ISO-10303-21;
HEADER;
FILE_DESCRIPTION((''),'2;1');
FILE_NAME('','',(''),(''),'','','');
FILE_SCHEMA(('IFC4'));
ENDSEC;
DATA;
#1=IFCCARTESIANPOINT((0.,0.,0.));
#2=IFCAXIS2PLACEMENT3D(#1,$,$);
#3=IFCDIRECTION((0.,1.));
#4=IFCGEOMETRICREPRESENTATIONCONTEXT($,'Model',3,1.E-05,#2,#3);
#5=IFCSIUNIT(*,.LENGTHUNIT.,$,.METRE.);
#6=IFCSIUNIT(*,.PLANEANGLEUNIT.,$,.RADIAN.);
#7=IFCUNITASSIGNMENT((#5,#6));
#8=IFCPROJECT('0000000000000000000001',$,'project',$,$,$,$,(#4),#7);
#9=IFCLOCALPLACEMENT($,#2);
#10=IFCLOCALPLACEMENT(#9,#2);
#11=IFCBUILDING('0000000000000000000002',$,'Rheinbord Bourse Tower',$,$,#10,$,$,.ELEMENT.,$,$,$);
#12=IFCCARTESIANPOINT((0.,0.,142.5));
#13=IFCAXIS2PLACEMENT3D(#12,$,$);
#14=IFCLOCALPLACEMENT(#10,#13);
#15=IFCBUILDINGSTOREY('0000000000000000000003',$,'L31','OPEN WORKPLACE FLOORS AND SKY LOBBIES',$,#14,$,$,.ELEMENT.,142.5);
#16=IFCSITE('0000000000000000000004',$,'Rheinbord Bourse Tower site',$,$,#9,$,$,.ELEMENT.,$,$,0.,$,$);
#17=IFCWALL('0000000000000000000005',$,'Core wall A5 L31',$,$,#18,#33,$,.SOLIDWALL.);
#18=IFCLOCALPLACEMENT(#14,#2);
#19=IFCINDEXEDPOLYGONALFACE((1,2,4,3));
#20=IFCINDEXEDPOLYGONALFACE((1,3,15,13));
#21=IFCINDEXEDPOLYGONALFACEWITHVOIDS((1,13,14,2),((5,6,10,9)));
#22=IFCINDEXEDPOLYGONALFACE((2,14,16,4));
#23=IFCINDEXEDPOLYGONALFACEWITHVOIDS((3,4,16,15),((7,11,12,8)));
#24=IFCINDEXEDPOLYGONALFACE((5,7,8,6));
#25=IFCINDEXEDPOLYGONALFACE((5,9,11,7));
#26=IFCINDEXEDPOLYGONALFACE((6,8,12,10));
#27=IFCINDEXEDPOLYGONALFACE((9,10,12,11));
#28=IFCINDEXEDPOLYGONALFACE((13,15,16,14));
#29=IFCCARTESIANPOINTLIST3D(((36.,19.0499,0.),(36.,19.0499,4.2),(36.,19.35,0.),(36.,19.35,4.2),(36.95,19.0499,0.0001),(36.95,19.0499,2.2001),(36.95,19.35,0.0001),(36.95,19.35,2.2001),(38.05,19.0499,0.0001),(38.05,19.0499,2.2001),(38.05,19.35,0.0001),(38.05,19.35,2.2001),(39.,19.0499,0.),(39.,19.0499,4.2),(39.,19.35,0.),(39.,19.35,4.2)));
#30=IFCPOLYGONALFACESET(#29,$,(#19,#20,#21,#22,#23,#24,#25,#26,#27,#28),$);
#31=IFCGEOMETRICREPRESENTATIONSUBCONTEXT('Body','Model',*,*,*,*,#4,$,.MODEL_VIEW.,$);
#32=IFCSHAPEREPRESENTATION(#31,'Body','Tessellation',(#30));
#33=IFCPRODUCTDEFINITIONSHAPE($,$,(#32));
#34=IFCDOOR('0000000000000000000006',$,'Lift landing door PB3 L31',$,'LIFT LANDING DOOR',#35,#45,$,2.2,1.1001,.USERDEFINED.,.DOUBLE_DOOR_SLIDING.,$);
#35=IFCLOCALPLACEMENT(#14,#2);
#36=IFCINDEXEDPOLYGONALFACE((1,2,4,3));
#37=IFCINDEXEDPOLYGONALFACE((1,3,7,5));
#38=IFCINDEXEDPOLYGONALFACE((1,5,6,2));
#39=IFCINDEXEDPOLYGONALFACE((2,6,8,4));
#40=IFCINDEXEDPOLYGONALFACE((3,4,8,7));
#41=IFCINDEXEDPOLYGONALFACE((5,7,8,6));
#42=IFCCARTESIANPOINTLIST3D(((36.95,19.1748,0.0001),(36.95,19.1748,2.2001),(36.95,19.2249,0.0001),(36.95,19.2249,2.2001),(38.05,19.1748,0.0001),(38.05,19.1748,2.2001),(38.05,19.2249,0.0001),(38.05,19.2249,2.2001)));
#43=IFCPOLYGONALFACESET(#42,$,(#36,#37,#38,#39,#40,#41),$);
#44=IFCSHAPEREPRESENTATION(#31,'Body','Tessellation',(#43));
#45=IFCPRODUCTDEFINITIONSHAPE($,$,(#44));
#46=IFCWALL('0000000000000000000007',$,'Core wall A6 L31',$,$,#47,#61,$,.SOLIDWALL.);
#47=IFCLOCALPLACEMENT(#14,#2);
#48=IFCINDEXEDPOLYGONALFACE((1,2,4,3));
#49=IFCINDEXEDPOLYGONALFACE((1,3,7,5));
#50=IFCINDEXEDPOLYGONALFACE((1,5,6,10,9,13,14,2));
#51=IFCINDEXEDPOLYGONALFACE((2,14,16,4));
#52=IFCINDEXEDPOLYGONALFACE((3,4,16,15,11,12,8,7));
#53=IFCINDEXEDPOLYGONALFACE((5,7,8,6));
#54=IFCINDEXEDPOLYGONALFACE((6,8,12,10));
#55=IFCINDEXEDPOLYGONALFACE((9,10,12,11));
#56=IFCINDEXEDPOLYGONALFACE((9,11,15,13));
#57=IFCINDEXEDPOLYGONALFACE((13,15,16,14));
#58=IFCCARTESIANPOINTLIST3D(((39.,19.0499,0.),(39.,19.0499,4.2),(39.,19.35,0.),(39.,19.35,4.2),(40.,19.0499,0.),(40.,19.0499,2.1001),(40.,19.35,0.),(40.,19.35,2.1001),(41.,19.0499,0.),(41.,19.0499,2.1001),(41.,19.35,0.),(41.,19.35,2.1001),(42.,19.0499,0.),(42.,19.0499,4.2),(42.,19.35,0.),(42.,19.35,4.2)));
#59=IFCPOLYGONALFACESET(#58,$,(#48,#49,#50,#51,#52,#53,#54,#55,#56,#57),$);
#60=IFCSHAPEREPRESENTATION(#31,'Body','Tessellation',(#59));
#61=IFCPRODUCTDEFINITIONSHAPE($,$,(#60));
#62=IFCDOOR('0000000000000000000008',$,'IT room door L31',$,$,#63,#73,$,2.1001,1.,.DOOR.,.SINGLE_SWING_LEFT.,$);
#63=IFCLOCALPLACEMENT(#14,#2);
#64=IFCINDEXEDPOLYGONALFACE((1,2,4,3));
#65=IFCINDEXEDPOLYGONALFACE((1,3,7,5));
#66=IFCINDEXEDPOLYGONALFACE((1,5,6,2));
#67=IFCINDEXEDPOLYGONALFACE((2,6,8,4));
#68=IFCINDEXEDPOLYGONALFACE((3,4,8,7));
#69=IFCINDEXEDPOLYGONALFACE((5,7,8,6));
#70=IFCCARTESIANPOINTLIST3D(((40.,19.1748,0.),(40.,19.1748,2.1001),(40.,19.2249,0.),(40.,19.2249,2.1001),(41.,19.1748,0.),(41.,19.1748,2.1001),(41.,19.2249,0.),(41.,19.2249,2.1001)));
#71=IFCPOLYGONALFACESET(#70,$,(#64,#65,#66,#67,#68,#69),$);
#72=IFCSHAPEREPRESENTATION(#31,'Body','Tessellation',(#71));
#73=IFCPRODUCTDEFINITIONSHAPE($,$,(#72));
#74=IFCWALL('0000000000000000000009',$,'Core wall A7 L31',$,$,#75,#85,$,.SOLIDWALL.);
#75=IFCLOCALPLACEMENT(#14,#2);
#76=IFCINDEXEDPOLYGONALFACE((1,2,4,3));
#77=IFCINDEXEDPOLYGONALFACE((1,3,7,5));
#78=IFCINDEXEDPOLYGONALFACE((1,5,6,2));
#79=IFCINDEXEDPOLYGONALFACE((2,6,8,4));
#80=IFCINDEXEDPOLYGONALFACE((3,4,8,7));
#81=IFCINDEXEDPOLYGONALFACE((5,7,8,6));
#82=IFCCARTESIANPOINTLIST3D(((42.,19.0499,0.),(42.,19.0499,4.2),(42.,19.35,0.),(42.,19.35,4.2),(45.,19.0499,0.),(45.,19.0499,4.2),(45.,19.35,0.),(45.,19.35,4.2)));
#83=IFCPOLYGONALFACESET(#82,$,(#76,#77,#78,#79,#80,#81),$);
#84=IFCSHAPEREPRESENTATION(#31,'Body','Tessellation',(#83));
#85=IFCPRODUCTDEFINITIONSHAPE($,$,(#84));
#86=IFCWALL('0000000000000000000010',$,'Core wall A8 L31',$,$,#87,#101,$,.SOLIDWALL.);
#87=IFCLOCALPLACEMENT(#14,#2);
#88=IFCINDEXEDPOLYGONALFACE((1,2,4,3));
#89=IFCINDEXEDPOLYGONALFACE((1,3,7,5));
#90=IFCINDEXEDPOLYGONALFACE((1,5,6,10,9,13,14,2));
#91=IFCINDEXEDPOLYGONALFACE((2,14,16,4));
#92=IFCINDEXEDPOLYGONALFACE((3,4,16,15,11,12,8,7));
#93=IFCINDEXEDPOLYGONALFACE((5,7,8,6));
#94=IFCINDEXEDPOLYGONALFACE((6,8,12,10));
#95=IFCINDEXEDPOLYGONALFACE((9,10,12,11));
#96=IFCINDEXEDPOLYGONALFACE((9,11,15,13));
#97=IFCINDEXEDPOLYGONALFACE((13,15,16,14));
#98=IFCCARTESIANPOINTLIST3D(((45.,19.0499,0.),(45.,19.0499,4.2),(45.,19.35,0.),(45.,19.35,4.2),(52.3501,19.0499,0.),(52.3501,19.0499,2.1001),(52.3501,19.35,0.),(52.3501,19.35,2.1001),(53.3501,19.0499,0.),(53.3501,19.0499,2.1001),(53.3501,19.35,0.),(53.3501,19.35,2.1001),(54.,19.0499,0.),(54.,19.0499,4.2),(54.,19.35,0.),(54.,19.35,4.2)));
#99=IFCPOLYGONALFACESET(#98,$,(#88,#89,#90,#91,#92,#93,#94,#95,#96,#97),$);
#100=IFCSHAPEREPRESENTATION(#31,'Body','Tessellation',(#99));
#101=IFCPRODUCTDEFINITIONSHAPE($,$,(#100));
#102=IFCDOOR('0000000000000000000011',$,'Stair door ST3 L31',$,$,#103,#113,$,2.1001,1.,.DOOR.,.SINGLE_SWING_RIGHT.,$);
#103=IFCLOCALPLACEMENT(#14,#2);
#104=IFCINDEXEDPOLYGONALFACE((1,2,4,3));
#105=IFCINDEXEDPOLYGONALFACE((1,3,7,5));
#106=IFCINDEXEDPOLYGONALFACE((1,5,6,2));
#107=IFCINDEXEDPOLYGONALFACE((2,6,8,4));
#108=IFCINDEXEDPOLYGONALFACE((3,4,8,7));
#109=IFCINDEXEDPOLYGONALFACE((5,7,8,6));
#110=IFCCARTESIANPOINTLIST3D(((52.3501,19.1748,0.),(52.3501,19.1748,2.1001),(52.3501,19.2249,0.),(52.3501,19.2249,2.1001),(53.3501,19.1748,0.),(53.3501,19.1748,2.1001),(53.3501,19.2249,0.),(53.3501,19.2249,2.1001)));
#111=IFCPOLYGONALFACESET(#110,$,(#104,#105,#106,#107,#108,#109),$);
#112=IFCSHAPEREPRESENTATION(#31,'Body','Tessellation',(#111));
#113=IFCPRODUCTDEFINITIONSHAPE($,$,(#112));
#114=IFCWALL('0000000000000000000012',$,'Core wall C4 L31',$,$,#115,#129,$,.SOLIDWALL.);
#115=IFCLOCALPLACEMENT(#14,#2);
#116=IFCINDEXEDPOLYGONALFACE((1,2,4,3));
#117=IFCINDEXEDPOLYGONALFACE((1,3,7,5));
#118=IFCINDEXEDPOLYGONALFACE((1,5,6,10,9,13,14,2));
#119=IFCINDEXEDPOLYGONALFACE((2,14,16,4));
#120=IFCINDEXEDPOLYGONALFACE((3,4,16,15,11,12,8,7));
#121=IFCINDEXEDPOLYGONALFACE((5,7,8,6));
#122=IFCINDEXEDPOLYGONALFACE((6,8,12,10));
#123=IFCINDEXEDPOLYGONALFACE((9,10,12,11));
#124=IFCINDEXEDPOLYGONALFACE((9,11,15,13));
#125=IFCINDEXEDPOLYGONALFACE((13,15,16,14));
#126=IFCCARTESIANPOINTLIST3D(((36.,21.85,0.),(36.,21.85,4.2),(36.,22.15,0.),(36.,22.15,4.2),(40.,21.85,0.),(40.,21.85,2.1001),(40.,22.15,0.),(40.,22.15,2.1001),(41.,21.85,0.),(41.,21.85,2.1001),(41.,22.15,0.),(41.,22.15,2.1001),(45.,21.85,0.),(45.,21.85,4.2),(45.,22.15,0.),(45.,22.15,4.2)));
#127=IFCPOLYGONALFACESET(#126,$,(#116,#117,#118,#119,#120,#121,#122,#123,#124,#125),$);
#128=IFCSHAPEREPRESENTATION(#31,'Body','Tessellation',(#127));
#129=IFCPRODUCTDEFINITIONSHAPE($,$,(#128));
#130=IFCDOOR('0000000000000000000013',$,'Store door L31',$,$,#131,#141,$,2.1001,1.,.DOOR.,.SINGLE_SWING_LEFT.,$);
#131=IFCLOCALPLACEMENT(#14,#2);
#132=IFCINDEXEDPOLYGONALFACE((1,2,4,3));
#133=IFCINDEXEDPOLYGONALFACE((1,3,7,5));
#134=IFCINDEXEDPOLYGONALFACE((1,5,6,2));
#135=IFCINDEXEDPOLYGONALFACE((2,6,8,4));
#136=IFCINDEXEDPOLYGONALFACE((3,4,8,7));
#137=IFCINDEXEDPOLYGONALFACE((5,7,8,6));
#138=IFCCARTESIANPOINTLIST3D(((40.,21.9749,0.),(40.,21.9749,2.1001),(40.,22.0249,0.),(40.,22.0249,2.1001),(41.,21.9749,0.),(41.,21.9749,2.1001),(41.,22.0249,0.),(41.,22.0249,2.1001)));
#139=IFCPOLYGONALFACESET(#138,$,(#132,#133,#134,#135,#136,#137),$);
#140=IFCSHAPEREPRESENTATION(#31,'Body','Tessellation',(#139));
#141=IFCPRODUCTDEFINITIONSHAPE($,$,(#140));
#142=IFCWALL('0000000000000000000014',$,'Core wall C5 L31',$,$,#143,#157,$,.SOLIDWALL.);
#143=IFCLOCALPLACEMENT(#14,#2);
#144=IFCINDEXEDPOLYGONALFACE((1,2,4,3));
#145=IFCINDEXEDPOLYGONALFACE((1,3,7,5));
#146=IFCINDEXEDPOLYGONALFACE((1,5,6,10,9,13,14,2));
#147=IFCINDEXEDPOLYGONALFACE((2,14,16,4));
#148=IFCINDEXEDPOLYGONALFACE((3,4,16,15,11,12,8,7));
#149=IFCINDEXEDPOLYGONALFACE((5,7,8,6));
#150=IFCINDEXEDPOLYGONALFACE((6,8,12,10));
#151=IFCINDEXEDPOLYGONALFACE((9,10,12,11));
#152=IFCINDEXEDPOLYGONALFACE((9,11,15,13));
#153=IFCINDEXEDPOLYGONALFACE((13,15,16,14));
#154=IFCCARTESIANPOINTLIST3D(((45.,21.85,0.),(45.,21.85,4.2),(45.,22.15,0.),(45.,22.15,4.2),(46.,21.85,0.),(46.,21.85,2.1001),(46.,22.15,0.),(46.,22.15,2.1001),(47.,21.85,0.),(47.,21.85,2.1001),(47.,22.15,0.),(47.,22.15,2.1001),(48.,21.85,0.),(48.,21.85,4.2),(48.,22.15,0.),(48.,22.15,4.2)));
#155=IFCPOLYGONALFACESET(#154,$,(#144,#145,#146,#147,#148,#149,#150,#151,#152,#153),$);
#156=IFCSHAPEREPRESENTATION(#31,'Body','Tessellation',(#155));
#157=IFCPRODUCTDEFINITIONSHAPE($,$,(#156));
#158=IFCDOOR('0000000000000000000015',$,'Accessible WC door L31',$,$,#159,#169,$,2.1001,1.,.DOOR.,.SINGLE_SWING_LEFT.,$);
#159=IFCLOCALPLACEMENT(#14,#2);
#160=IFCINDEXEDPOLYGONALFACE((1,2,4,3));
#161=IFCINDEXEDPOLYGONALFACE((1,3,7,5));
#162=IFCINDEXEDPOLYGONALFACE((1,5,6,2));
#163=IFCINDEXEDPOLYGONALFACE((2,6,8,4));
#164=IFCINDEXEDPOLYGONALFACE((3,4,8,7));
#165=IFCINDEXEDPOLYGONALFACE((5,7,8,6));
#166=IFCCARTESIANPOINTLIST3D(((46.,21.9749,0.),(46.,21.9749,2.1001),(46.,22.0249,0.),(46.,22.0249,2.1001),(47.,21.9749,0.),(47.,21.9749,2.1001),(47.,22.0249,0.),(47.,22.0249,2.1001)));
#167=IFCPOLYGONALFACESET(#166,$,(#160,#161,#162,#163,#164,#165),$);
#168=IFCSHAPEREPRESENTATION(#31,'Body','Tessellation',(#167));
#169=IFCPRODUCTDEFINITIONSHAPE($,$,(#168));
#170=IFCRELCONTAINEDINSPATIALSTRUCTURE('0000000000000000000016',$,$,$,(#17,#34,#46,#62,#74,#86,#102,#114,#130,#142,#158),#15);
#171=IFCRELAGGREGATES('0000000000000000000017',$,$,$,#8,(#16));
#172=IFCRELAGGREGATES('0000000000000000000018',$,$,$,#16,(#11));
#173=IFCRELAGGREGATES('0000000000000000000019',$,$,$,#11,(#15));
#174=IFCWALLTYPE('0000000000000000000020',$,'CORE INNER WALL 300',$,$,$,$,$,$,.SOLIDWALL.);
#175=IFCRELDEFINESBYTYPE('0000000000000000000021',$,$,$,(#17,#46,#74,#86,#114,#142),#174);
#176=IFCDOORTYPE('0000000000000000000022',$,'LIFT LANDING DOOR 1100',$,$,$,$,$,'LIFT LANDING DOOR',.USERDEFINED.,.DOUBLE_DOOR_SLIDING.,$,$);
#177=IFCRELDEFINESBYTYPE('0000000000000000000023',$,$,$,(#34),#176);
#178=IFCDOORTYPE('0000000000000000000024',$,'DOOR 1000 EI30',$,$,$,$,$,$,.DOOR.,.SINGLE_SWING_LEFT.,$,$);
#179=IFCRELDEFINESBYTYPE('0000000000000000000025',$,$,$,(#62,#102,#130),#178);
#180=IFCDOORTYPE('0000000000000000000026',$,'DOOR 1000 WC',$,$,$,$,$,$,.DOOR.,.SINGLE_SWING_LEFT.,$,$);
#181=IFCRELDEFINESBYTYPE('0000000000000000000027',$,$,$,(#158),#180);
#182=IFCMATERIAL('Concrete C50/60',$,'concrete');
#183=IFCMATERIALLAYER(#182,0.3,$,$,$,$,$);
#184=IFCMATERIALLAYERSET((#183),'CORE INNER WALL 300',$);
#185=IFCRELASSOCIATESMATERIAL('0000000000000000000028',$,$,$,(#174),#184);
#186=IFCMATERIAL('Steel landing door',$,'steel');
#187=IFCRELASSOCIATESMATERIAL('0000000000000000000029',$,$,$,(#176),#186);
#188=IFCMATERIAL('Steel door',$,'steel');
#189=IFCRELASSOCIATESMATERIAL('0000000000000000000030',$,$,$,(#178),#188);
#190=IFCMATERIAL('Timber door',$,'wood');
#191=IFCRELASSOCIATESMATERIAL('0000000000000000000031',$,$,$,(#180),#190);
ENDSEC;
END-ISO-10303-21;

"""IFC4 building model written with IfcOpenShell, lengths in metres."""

from ifc_helpers import new_model, si_unit, direction, frame, frame_2d, origin, place, context, subcontext, project, spatial, rectangle, extrude, material, layer, layer_set, type_object, element, fill, save


model = new_model("IFC4")

# Units and contexts
model_context = context("Model", 3, precision=1e-05, world=origin(), true_north=direction((0.0, 1.0)))
body_context = subcontext(model_context, "Body", "Model", "MODEL_VIEW")
ifc_project = project(units=[si_unit("LENGTHUNIT", "METRE"), si_unit("PLANEANGLEUNIT", "RADIAN")], contexts=[model_context])

# Site, building, storey
site_placement = place(None, origin())
site = spatial("IfcSite", under=ifc_project, at=site_placement, Name="Rheinbord Bourse Tower site", CompositionType="ELEMENT", RefElevation=0.0)
building_placement = place(site_placement, origin())
building = spatial("IfcBuilding", under=site, at=building_placement, Name="Rheinbord Bourse Tower", CompositionType="ELEMENT")
storey_placement = place(building_placement, frame((0.0, 0.0, 142.5)))
storey = spatial("IfcBuildingStorey", under=building, at=storey_placement, Name="L31", Description="OPEN WORKPLACE FLOORS AND SKY LOBBIES", CompositionType="ELEMENT", Elevation=142.5)

# Walls, openings, doors
ifc_material_1 = material(Name="Concrete C50/60", Category="concrete")
ifc_layer_1 = layer(ifc_material_1, 0.3)
ifc_layer_set_1 = layer_set([ifc_layer_1], Name="CORE INNER WALL 300")
wall_type_1 = type_object("IfcWallType", Name="CORE INNER WALL 300", PredefinedType="SOLIDWALL", material=ifc_layer_set_1)
wall_1_placement = place(storey_placement, frame((36.0, 19.2, 0.0), z_axis=(0.0, 0.0, 1.0), x_axis=(1.0, 0.0, 0.0)))
wall_1 = element("IfcWall", 1, at=wall_1_placement, inside=storey, type_object=wall_type_1, Name="Core wall A5 L31", PredefinedType="SOLIDWALL", context=body_context, shape_type="SweptSolid", body=[
    extrude(rectangle(XDim=3.0, YDim=0.3, at=frame_2d((1.5, 0.0))), origin(), (0.0, 0.0, 1.0), 4.2),
])
opening_1_placement = place(wall_1_placement, frame((0.95, 0.0, 0.0)))
opening_1 = element("IfcOpeningElement", 2, at=opening_1_placement, cuts=wall_1, PredefinedType="OPENING", context=body_context, shape_type="SweptSolid", body=[
    extrude(rectangle(XDim=1.1001, YDim=2.2, at=frame_2d((0.55, 1.1001))), frame((0.0, 0.1599, 0.0), z_axis=(0.0, -1.0, 0.0), x_axis=(1.0, 0.0, 0.0)), (0.0, 0.0, 1.0), 0.3201),
])
ifc_material_2 = material(Name="Steel landing door", Category="steel")
door_type_1 = type_object("IfcDoorType", Name="LIFT LANDING DOOR 1100", ElementType="LIFT LANDING DOOR", OperationType="DOUBLE_DOOR_SLIDING", PredefinedType="USERDEFINED", material=ifc_material_2)
door_1_placement = place(opening_1_placement, origin())
door_1 = element("IfcDoor", 3, at=door_1_placement, inside=storey, type_object=door_type_1, Name="Lift landing door PB3 L31", ObjectType="LIFT LANDING DOOR", OperationType="DOUBLE_DOOR_SLIDING", OverallHeight=2.2, OverallWidth=1.1001, PredefinedType="USERDEFINED", context=body_context, shape_type="SweptSolid", body=[
    extrude(rectangle(XDim=1.1001, YDim=2.2, at=frame_2d((0.55, 1.1001))), frame((0.0, 0.0249, 0.0), z_axis=(0.0, -1.0, 0.0), x_axis=(1.0, 0.0, 0.0)), (0.0, 0.0, 1.0), 0.05),
])
fill(opening_1, door_1)
wall_2_placement = place(storey_placement, frame((39.0, 19.2, 0.0), z_axis=(0.0, 0.0, 1.0), x_axis=(1.0, 0.0, 0.0)))
wall_2 = element("IfcWall", 4, at=wall_2_placement, inside=storey, type_object=wall_type_1, Name="Core wall A6 L31", PredefinedType="SOLIDWALL", context=body_context, shape_type="SweptSolid", body=[
    extrude(rectangle(XDim=3.0, YDim=0.3, at=frame_2d((1.5, 0.0))), origin(), (0.0, 0.0, 1.0), 4.2),
])
opening_2_placement = place(wall_2_placement, frame((1.0, 0.0, 0.0)))
opening_2 = element("IfcOpeningElement", 5, at=opening_2_placement, cuts=wall_2, PredefinedType="OPENING", context=body_context, shape_type="SweptSolid", body=[
    extrude(rectangle(XDim=1.0, YDim=2.1001, at=frame_2d((0.5, 1.05))), frame((0.0, 0.1599, 0.0), z_axis=(0.0, -1.0, 0.0), x_axis=(1.0, 0.0, 0.0)), (0.0, 0.0, 1.0), 0.3201),
])
ifc_material_3 = material(Name="Steel door", Category="steel")
door_type_2 = type_object("IfcDoorType", Name="DOOR 1000 EI30", OperationType="SINGLE_SWING_LEFT", PredefinedType="DOOR", material=ifc_material_3)
door_2_placement = place(opening_2_placement, origin())
door_2 = element("IfcDoor", 6, at=door_2_placement, inside=storey, type_object=door_type_2, Name="IT room door L31", OperationType="SINGLE_SWING_LEFT", OverallHeight=2.1001, OverallWidth=1.0, PredefinedType="DOOR", context=body_context, shape_type="SweptSolid", body=[
    extrude(rectangle(XDim=1.0, YDim=2.1001, at=frame_2d((0.5, 1.05))), frame((0.0, 0.0249, 0.0), z_axis=(0.0, -1.0, 0.0), x_axis=(1.0, 0.0, 0.0)), (0.0, 0.0, 1.0), 0.05),
])
fill(opening_2, door_2)

# Wall
wall_3_placement = place(storey_placement, frame((42.0, 19.2, 0.0), z_axis=(0.0, 0.0, 1.0), x_axis=(1.0, 0.0, 0.0)))
element("IfcWall", 7, at=wall_3_placement, inside=storey, type_object=wall_type_1, Name="Core wall A7 L31", PredefinedType="SOLIDWALL", context=body_context, shape_type="SweptSolid", body=[
    extrude(rectangle(XDim=3.0, YDim=0.3, at=frame_2d((1.5, 0.0))), origin(), (0.0, 0.0, 1.0), 4.2),
])

# Walls, openings, doors
wall_4_placement = place(storey_placement, frame((45.0, 19.2, 0.0), z_axis=(0.0, 0.0, 1.0), x_axis=(1.0, 0.0, 0.0)))
wall_4 = element("IfcWall", 8, at=wall_4_placement, inside=storey, type_object=wall_type_1, Name="Core wall A8 L31", PredefinedType="SOLIDWALL", context=body_context, shape_type="SweptSolid", body=[
    extrude(rectangle(XDim=9.0, YDim=0.3, at=frame_2d((4.5, 0.0))), origin(), (0.0, 0.0, 1.0), 4.2),
])
opening_3_placement = place(wall_4_placement, frame((7.3501, 0.0, 0.0)))
opening_3 = element("IfcOpeningElement", 9, at=opening_3_placement, cuts=wall_4, PredefinedType="OPENING", context=body_context, shape_type="SweptSolid", body=[
    extrude(rectangle(XDim=1.0, YDim=2.1001, at=frame_2d((0.5, 1.05))), frame((0.0, 0.1599, 0.0), z_axis=(0.0, -1.0, 0.0), x_axis=(1.0, 0.0, 0.0)), (0.0, 0.0, 1.0), 0.3201),
])
door_3_placement = place(opening_3_placement, origin())
door_3 = element("IfcDoor", 10, at=door_3_placement, inside=storey, type_object=door_type_2, Name="Stair door ST3 L31", OperationType="SINGLE_SWING_RIGHT", OverallHeight=2.1001, OverallWidth=1.0, PredefinedType="DOOR", context=body_context, shape_type="SweptSolid", body=[
    extrude(rectangle(XDim=1.0, YDim=2.1001, at=frame_2d((0.5, 1.05))), frame((0.0, 0.0249, 0.0), z_axis=(0.0, -1.0, 0.0), x_axis=(1.0, 0.0, 0.0)), (0.0, 0.0, 1.0), 0.05),
])
fill(opening_3, door_3)
wall_5_placement = place(storey_placement, frame((36.0, 22.0, 0.0), z_axis=(0.0, 0.0, 1.0), x_axis=(1.0, 0.0, 0.0)))
wall_5 = element("IfcWall", 11, at=wall_5_placement, inside=storey, type_object=wall_type_1, Name="Core wall C4 L31", PredefinedType="SOLIDWALL", context=body_context, shape_type="SweptSolid", body=[
    extrude(rectangle(XDim=9.0, YDim=0.3, at=frame_2d((4.5, 0.0))), origin(), (0.0, 0.0, 1.0), 4.2),
])
opening_4_placement = place(wall_5_placement, frame((4.0, 0.0, 0.0)))
opening_4 = element("IfcOpeningElement", 12, at=opening_4_placement, cuts=wall_5, PredefinedType="OPENING", context=body_context, shape_type="SweptSolid", body=[
    extrude(rectangle(XDim=1.0, YDim=2.1001, at=frame_2d((0.5, 1.05))), frame((0.0, 0.1599, 0.0), z_axis=(0.0, -1.0, 0.0), x_axis=(1.0, 0.0, 0.0)), (0.0, 0.0, 1.0), 0.3201),
])
door_4_placement = place(opening_4_placement, origin())
door_4 = element("IfcDoor", 13, at=door_4_placement, inside=storey, type_object=door_type_2, Name="Store door L31", OperationType="SINGLE_SWING_LEFT", OverallHeight=2.1001, OverallWidth=1.0, PredefinedType="DOOR", context=body_context, shape_type="SweptSolid", body=[
    extrude(rectangle(XDim=1.0, YDim=2.1001, at=frame_2d((0.5, 1.05))), frame((0.0, 0.0249, 0.0), z_axis=(0.0, -1.0, 0.0), x_axis=(1.0, 0.0, 0.0)), (0.0, 0.0, 1.0), 0.05),
])
fill(opening_4, door_4)
wall_6_placement = place(storey_placement, frame((45.0, 22.0, 0.0), z_axis=(0.0, 0.0, 1.0), x_axis=(1.0, 0.0, 0.0)))
wall_6 = element("IfcWall", 14, at=wall_6_placement, inside=storey, type_object=wall_type_1, Name="Core wall C5 L31", PredefinedType="SOLIDWALL", context=body_context, shape_type="SweptSolid", body=[
    extrude(rectangle(XDim=3.0, YDim=0.3, at=frame_2d((1.5, 0.0))), origin(), (0.0, 0.0, 1.0), 4.2),
])
opening_5_placement = place(wall_6_placement, frame((1.0, 0.0, 0.0)))
opening_5 = element("IfcOpeningElement", 15, at=opening_5_placement, cuts=wall_6, PredefinedType="OPENING", context=body_context, shape_type="SweptSolid", body=[
    extrude(rectangle(XDim=1.0, YDim=2.1001, at=frame_2d((0.5, 1.05))), frame((0.0, 0.1599, 0.0), z_axis=(0.0, -1.0, 0.0), x_axis=(1.0, 0.0, 0.0)), (0.0, 0.0, 1.0), 0.3201),
])
ifc_material_4 = material(Name="Timber door", Category="wood")
door_type_3 = type_object("IfcDoorType", Name="DOOR 1000 WC", OperationType="SINGLE_SWING_LEFT", PredefinedType="DOOR", material=ifc_material_4)
door_5_placement = place(opening_5_placement, origin())
door_5 = element("IfcDoor", 16, at=door_5_placement, inside=storey, type_object=door_type_3, Name="Accessible WC door L31", OperationType="SINGLE_SWING_LEFT", OverallHeight=2.1001, OverallWidth=1.0, PredefinedType="DOOR", context=body_context, shape_type="SweptSolid", body=[
    extrude(rectangle(XDim=1.0, YDim=2.1001, at=frame_2d((0.5, 1.05))), frame((0.0, 0.0249, 0.0), z_axis=(0.0, -1.0, 0.0), x_axis=(1.0, 0.0, 0.0)), (0.0, 0.0, 1.0), 0.05),
])
fill(opening_5, door_5)

save(model, "model.ifc")
